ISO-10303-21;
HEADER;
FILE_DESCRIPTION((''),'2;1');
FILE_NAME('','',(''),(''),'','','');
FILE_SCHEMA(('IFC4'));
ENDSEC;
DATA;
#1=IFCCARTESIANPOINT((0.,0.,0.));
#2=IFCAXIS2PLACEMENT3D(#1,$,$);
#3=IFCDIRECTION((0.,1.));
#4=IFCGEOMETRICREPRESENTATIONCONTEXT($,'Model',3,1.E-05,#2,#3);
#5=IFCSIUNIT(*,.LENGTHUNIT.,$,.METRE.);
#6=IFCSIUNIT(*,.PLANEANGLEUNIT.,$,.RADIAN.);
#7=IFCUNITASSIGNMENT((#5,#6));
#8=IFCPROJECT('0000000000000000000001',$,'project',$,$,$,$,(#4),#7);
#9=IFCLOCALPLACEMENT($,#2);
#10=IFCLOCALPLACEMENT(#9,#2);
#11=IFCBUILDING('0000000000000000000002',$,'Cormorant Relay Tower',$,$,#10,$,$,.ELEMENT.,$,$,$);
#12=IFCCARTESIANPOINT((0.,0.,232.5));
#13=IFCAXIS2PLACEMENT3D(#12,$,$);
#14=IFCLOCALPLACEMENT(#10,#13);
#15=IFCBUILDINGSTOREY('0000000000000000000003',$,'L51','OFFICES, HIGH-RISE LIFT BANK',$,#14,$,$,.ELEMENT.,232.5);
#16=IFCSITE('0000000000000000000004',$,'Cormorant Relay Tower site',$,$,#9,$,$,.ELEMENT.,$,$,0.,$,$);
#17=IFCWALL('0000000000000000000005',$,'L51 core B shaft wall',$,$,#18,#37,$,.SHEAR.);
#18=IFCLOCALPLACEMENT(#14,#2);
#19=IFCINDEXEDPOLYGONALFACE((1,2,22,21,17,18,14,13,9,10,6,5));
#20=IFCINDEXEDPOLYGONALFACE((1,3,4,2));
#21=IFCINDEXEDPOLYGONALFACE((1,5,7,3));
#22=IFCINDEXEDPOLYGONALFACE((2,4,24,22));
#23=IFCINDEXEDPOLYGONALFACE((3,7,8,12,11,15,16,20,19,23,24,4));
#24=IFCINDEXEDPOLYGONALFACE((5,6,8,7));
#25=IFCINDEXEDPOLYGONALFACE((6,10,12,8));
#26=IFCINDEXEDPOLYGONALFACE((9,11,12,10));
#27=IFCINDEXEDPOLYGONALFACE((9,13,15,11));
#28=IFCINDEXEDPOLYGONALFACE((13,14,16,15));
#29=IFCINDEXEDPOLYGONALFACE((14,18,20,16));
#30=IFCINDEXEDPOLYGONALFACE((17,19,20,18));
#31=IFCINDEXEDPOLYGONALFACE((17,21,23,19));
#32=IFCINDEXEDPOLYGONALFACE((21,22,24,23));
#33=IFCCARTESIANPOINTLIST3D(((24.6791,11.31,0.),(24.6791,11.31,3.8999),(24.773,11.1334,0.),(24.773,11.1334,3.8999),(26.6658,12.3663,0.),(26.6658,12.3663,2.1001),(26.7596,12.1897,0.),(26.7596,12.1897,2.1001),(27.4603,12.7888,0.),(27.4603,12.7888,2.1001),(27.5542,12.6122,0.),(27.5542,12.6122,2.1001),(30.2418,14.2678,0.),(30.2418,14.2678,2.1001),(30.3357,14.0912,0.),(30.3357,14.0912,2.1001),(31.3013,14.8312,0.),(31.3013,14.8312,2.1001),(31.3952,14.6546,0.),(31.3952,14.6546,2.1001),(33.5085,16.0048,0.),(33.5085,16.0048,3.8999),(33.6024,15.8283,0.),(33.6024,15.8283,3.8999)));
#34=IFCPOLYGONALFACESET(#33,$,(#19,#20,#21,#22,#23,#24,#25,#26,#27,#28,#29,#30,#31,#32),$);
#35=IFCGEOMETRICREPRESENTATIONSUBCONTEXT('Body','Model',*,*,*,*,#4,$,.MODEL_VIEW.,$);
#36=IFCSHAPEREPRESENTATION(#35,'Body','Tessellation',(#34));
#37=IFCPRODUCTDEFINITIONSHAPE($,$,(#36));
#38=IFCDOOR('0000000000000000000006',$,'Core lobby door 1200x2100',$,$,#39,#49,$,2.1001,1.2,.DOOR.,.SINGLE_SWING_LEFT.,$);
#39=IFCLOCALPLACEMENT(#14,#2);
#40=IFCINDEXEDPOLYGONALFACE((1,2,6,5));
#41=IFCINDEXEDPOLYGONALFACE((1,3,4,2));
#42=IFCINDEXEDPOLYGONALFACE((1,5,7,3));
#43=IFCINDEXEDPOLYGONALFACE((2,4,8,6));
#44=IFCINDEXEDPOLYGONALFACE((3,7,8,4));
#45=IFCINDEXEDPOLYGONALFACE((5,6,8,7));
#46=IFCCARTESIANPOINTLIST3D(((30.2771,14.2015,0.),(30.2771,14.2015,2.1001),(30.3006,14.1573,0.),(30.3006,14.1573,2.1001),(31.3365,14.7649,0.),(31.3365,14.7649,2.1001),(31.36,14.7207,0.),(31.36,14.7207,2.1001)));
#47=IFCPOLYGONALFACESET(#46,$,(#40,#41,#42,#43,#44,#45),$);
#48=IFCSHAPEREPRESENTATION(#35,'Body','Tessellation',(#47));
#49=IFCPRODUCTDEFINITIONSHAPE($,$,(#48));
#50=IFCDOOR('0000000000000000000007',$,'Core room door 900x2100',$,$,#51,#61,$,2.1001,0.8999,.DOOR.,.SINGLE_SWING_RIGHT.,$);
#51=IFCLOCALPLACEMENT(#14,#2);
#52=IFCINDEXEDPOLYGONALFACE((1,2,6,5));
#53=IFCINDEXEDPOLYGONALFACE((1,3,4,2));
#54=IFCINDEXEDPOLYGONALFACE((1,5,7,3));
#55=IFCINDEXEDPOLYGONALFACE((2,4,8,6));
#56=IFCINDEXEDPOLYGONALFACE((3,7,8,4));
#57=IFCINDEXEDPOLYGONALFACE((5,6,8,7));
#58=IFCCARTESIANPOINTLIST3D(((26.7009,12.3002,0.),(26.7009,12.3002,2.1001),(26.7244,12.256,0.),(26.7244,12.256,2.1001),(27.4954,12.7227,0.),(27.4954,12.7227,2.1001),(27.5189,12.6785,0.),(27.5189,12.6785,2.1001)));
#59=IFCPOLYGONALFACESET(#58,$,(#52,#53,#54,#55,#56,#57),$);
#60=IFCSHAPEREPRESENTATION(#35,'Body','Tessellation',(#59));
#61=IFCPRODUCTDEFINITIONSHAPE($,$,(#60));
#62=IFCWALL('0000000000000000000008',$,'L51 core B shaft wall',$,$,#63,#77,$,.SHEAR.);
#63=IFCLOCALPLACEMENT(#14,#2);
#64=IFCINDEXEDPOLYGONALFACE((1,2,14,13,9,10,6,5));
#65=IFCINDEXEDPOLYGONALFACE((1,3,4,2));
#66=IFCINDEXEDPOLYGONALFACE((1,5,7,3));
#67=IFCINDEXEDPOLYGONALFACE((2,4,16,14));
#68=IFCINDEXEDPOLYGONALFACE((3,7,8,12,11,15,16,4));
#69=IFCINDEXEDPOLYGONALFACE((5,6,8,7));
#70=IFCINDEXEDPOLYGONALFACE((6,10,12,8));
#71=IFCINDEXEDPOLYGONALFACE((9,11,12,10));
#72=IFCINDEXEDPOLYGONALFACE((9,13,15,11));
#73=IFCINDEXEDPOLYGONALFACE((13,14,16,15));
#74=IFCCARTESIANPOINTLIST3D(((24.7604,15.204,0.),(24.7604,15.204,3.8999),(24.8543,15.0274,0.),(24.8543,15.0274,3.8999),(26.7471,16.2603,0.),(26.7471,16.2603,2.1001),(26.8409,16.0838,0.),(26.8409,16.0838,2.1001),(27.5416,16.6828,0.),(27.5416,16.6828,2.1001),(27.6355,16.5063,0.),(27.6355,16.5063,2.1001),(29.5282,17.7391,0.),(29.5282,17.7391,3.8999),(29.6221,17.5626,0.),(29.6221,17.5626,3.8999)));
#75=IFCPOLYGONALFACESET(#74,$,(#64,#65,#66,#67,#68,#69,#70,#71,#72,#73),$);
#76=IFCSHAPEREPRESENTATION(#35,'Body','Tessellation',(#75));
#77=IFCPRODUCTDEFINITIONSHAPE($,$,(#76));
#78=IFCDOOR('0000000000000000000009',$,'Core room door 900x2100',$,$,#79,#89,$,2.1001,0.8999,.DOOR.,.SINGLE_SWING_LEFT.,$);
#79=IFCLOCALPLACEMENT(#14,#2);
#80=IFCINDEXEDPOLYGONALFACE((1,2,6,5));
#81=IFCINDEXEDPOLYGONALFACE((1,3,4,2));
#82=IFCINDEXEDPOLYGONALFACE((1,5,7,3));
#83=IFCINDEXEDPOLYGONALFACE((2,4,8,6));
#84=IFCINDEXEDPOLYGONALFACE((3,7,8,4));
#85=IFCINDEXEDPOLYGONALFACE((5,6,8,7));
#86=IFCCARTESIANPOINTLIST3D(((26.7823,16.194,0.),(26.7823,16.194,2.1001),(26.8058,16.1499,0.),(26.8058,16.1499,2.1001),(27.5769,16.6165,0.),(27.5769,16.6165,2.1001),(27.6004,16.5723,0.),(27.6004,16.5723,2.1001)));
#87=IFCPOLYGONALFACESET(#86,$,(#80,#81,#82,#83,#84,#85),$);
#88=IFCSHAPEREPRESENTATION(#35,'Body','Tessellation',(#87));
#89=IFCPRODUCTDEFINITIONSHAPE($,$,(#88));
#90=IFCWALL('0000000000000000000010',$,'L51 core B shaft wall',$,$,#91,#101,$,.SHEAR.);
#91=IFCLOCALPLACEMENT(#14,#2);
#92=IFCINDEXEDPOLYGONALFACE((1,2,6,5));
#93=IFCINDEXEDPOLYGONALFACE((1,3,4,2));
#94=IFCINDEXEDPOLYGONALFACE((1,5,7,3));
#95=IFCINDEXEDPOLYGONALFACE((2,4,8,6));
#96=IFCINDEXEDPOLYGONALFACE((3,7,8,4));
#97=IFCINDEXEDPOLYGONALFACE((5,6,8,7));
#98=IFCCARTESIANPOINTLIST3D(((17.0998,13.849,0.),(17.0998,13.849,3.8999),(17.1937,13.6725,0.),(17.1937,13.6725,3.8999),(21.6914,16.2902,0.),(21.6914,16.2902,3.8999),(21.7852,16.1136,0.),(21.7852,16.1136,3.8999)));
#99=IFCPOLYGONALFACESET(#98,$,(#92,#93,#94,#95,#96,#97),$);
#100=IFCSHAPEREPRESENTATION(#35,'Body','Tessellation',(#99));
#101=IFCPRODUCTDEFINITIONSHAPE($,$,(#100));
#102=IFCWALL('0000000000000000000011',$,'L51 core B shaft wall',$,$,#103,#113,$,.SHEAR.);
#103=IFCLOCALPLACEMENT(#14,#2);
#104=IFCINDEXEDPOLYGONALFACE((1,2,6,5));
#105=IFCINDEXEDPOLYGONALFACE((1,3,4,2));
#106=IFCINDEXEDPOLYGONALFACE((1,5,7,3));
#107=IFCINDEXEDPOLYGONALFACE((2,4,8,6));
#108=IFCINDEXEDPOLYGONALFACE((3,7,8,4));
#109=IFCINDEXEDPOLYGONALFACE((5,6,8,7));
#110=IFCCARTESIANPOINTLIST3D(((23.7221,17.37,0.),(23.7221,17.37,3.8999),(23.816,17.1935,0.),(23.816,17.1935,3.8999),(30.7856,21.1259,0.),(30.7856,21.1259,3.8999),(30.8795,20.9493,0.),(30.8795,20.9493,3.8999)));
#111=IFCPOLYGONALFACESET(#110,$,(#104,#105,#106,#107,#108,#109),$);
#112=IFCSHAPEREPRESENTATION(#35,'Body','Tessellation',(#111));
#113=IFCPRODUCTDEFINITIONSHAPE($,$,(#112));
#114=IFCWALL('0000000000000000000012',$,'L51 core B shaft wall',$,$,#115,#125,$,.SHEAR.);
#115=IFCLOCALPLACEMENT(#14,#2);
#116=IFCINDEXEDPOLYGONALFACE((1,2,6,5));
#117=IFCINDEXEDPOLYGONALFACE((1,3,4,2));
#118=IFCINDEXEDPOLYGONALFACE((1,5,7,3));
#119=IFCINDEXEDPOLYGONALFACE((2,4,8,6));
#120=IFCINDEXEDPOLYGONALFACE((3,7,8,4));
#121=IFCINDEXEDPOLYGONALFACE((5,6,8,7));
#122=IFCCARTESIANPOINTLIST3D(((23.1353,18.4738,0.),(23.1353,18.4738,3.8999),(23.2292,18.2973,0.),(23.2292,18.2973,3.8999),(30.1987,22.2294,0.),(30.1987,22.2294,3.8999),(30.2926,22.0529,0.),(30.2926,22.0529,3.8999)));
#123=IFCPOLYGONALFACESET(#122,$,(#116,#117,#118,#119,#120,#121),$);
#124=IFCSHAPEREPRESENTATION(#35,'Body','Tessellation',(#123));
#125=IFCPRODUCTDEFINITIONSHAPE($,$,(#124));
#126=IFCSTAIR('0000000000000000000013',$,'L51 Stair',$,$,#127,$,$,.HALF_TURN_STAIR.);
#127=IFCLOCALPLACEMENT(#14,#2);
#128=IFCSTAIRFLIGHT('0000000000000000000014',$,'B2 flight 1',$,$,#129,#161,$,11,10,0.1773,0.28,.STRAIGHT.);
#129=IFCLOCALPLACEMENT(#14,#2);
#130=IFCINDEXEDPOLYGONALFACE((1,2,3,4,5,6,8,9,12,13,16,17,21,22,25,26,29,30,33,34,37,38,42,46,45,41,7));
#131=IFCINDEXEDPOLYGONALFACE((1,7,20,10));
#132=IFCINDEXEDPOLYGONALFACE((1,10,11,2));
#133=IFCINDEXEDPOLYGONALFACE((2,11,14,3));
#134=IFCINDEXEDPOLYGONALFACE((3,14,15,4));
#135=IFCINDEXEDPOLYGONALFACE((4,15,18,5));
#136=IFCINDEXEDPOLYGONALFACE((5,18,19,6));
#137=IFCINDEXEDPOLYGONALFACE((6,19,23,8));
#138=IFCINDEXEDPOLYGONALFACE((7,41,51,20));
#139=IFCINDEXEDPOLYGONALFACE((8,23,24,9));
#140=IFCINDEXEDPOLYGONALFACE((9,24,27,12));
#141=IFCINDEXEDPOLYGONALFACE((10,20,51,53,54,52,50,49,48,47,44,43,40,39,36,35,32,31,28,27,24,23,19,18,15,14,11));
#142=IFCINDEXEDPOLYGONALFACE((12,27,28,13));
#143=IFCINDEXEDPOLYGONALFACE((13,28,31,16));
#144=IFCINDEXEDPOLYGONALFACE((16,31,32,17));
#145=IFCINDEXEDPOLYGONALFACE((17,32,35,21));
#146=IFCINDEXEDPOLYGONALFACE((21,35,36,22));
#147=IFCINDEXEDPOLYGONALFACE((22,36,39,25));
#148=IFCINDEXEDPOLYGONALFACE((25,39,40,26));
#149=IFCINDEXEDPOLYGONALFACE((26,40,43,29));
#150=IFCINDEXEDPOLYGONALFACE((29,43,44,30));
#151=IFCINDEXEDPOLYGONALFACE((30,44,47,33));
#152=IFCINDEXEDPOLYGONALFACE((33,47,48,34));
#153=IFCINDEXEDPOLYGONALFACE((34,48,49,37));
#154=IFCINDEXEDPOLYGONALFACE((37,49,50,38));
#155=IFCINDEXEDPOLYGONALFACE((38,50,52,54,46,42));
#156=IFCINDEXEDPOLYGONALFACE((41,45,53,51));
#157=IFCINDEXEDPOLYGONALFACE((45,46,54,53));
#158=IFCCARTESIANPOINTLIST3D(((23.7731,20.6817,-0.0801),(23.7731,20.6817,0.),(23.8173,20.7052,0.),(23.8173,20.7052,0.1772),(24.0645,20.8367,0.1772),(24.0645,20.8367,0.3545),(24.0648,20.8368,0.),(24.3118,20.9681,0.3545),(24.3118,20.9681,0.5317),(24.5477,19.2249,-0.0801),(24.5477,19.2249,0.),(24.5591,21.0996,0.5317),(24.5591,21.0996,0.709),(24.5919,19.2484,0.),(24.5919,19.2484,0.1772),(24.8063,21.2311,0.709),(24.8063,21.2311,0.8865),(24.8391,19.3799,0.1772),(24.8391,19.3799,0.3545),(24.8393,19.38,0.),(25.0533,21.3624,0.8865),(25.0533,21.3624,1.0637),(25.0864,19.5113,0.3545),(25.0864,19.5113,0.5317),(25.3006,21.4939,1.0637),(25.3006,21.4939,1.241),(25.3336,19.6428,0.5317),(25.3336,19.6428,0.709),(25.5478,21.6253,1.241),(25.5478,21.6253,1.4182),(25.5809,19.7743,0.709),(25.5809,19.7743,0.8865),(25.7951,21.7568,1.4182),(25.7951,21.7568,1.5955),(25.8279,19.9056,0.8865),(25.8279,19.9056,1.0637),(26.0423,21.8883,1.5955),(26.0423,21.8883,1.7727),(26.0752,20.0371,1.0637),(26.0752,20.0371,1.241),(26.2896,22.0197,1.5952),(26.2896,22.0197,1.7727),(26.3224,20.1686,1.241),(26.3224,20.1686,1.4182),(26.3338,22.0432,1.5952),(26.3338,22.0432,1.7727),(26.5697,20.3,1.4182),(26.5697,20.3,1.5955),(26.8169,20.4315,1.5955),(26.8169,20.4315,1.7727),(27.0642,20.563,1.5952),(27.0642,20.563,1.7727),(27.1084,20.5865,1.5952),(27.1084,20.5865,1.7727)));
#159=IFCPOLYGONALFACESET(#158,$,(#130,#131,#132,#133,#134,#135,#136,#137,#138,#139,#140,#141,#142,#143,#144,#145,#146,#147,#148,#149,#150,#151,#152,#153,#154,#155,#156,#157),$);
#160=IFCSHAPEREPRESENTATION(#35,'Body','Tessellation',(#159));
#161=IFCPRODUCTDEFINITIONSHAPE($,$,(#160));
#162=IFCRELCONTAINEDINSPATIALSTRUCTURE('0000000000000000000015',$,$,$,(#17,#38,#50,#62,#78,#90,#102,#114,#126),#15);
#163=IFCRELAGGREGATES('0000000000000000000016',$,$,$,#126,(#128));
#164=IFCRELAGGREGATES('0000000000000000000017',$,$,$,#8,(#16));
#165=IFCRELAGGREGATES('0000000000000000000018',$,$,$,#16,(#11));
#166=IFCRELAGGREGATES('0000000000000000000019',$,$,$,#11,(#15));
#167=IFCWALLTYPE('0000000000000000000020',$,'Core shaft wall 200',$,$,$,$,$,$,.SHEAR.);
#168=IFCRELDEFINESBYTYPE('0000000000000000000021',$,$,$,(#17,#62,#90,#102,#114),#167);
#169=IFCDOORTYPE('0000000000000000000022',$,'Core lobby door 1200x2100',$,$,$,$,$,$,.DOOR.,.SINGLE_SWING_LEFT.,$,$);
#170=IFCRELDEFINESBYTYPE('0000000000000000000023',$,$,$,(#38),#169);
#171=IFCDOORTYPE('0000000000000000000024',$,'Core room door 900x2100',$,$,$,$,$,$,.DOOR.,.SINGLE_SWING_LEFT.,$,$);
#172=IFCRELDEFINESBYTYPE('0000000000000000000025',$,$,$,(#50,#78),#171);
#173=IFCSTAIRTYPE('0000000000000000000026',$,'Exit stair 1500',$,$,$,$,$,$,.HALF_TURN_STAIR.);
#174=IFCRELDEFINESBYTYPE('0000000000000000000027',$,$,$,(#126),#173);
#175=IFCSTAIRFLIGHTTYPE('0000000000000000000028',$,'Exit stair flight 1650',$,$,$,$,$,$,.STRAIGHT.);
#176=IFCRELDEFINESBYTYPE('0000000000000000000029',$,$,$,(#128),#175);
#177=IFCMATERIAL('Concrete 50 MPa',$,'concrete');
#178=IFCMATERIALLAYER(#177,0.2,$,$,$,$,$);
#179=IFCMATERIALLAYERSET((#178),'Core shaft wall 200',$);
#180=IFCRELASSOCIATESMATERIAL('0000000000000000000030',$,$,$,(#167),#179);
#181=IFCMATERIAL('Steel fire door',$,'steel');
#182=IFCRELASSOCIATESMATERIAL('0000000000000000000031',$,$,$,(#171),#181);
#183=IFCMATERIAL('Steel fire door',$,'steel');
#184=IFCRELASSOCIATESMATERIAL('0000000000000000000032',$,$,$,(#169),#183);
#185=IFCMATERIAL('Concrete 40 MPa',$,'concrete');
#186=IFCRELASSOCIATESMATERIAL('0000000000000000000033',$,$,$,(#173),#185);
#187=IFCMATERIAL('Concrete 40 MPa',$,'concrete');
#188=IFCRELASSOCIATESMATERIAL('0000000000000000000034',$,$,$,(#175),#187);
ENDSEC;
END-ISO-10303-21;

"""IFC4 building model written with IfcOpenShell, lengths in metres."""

from ifc_helpers import new_model, si_unit, direction, frame, frame_2d, origin, place, context, subcontext, project, spatial, polyline, rectangle, outline, extrude, material, layer, layer_set, type_object, element, fill, aggregate, save


model = new_model("IFC4")

# Units and contexts
model_context = context("Model", 3, precision=1e-05, world=origin(), true_north=direction((0.0, 1.0)))
body_context = subcontext(model_context, "Body", "Model", "MODEL_VIEW")
ifc_project = project(units=[si_unit("LENGTHUNIT", "METRE"), si_unit("PLANEANGLEUNIT", "RADIAN")], contexts=[model_context])

# Site, building, storey
site_placement = place(None, origin())
site = spatial("IfcSite", under=ifc_project, at=site_placement, Name="Cormorant Relay Tower site", CompositionType="ELEMENT", RefElevation=0.0)
building_placement = place(site_placement, origin())
building = spatial("IfcBuilding", under=site, at=building_placement, Name="Cormorant Relay Tower", CompositionType="ELEMENT")
storey_placement = place(building_placement, frame((0.0, 0.0, 232.5)))
storey = spatial("IfcBuildingStorey", under=building, at=storey_placement, Name="L51", Description="OFFICES, HIGH-RISE LIFT BANK", CompositionType="ELEMENT", Elevation=232.5)

# Shared definitions
ifc_material_1 = material(Name="Concrete 50 MPa", Category="concrete")
ifc_layer = layer(ifc_material_1, 0.2)
ifc_layer_set = layer_set([ifc_layer], Name="Core shaft wall 200")
wall_type = type_object("IfcWallType", Name="Core shaft wall 200", PredefinedType="SHEAR", material=ifc_layer_set)

# Shared definitions
ifc_material_2 = material(Name="Steel fire door", Category="steel")
door_type_1 = type_object("IfcDoorType", Name="Core room door 900x2100", OperationType="SINGLE_SWING_LEFT", PredefinedType="DOOR", material=ifc_material_2)

# Wall, openings, doors
wall_1_placement = place(storey_placement, frame((24.7261, 11.2217, 0.0), z_axis=(0.0, 0.0, 1.0), x_axis=(0.88294, 0.469485, 0.0)))
wall_1 = element("IfcWall", 1, at=wall_1_placement, inside=storey, type_object=wall_type, Name="L51 core B shaft wall", PredefinedType="SHEAR", context=body_context, shape_type="SweptSolid", body=[
    extrude(rectangle(XDim=10.0, YDim=0.2, at=frame_2d((5.0, 0.0))), origin(), (0.0, 0.0, 1.0), 3.8999),
])
opening_1_placement = place(wall_1_placement, frame((6.3, 0.0, 0.0)))
opening_1 = element("IfcOpeningElement", 2, at=opening_1_placement, cuts=wall_1, PredefinedType="OPENING", context=body_context, shape_type="SweptSolid", body=[
    extrude(rectangle(XDim=1.2, YDim=2.1001, at=frame_2d((0.6001, 1.05))), frame((0.0, 0.1099, 0.0), z_axis=(0.0, -1.0, 0.0), x_axis=(1.0, 0.0, 0.0)), (0.0, 0.0, 1.0), 0.22),
])
opening_2_placement = place(wall_1_placement, frame((2.25, 0.0, 0.0)))
opening_2 = element("IfcOpeningElement", 3, at=opening_2_placement, cuts=wall_1, PredefinedType="OPENING", context=body_context, shape_type="SweptSolid", body=[
    extrude(rectangle(XDim=0.8999, YDim=2.1001, at=frame_2d((0.45, 1.05))), frame((0.0, 0.1099, 0.0), z_axis=(0.0, -1.0, 0.0), x_axis=(1.0, 0.0, 0.0)), (0.0, 0.0, 1.0), 0.22),
])
ifc_material_3 = material(Name="Steel fire door", Category="steel")
door_type_2 = type_object("IfcDoorType", Name="Core lobby door 1200x2100", OperationType="SINGLE_SWING_LEFT", PredefinedType="DOOR", material=ifc_material_3)
door_1_placement = place(opening_1_placement, origin())
door_1 = element("IfcDoor", 4, at=door_1_placement, inside=storey, type_object=door_type_2, Name="Core lobby door 1200x2100", OperationType="SINGLE_SWING_LEFT", OverallHeight=2.1001, OverallWidth=1.2, PredefinedType="DOOR", context=body_context, shape_type="SweptSolid", body=[
    extrude(rectangle(XDim=1.2, YDim=2.1001, at=frame_2d((0.6001, 1.05))), frame((0.0, 0.0249, 0.0), z_axis=(0.0, -1.0, 0.0), x_axis=(1.0, 0.0, 0.0)), (0.0, 0.0, 1.0), 0.05),
])
fill(opening_1, door_1)
door_2_placement = place(opening_2_placement, frame((0.8999, 0.0, 0.0), z_axis=(0.0, 0.0, 1.0), x_axis=(-1.0, 0.0, 0.0)))
door_2 = element("IfcDoor", 5, at=door_2_placement, inside=storey, type_object=door_type_1, Name="Core room door 900x2100", OperationType="SINGLE_SWING_RIGHT", OverallHeight=2.1001, OverallWidth=0.8999, PredefinedType="DOOR", context=body_context, shape_type="SweptSolid", body=[
    extrude(rectangle(XDim=0.8999, YDim=2.1001, at=frame_2d((0.45, 1.05))), frame((0.0, 0.0249, 0.0), z_axis=(0.0, -1.0, 0.0), x_axis=(1.0, 0.0, 0.0)), (0.0, 0.0, 1.0), 0.05),
])
fill(opening_2, door_2)

# Wall, opening, door
wall_2_placement = place(storey_placement, frame((24.8074, 15.1157, 0.0), z_axis=(0.0, 0.0, 1.0), x_axis=(0.882943, 0.46948, 0.0)))
wall_2 = element("IfcWall", 6, at=wall_2_placement, inside=storey, type_object=wall_type, Name="L51 core B shaft wall", PredefinedType="SHEAR", context=body_context, shape_type="SweptSolid", body=[
    extrude(rectangle(XDim=5.3999, YDim=0.2, at=frame_2d((2.7, 0.0))), origin(), (0.0, 0.0, 1.0), 3.8999),
])
opening_3_placement = place(wall_2_placement, frame((2.25, 0.0, 0.0)))
opening_3 = element("IfcOpeningElement", 7, at=opening_3_placement, cuts=wall_2, PredefinedType="OPENING", context=body_context, shape_type="SweptSolid", body=[
    extrude(rectangle(XDim=0.8999, YDim=2.1001, at=frame_2d((0.45, 1.05))), frame((0.0, 0.1099, 0.0), z_axis=(0.0, -1.0, 0.0), x_axis=(1.0, 0.0, 0.0)), (0.0, 0.0, 1.0), 0.22),
])
door_3_placement = place(opening_3_placement, origin())
door_3 = element("IfcDoor", 8, at=door_3_placement, inside=storey, type_object=door_type_1, Name="Core room door 900x2100", OperationType="SINGLE_SWING_LEFT", OverallHeight=2.1001, OverallWidth=0.8999, PredefinedType="DOOR", context=body_context, shape_type="SweptSolid", body=[
    extrude(rectangle(XDim=0.8999, YDim=2.1001, at=frame_2d((0.45, 1.05))), frame((0.0, 0.0249, 0.0), z_axis=(0.0, -1.0, 0.0), x_axis=(1.0, 0.0, 0.0)), (0.0, 0.0, 1.0), 0.05),
])
fill(opening_3, door_3)

# Walls
wall_3_placement = place(storey_placement, frame((17.1467, 13.7607, 0.0), z_axis=(0.0, 0.0, 1.0), x_axis=(0.882964, 0.46944, 0.0)))
element("IfcWall", 9, at=wall_3_placement, inside=storey, type_object=wall_type, Name="L51 core B shaft wall", PredefinedType="SHEAR", context=body_context, shape_type="SweptSolid", body=[
    extrude(rectangle(XDim=5.2002, YDim=0.2, at=frame_2d((2.6001, 0.0))), origin(), (0.0, 0.0, 1.0), 3.8999),
])
wall_4_placement = place(storey_placement, frame((23.769, 17.2817, 0.0), z_axis=(0.0, 0.0, 1.0), x_axis=(0.88294, 0.469485, 0.0)))
element("IfcWall", 10, at=wall_4_placement, inside=storey, type_object=wall_type, Name="L51 core B shaft wall", PredefinedType="SHEAR", context=body_context, shape_type="SweptSolid", body=[
    extrude(rectangle(XDim=8.0, YDim=0.2, at=frame_2d((4.0, 0.0))), origin(), (0.0, 0.0, 1.0), 3.8999),
])
wall_5_placement = place(storey_placement, frame((23.1821, 18.3855, 0.0), z_axis=(0.0, 0.0, 1.0), x_axis=(0.882953, 0.469462, 0.0)))
element("IfcWall", 11, at=wall_5_placement, inside=storey, type_object=wall_type, Name="L51 core B shaft wall", PredefinedType="SHEAR", context=body_context, shape_type="SweptSolid", body=[
    extrude(rectangle(XDim=7.9998, YDim=0.2, at=frame_2d((4.0, 0.0))), origin(), (0.0, 0.0, 1.0), 3.8999),
])

# Stair, stair flight
ifc_material_4 = material(Name="Concrete 40 MPa", Category="concrete")
stair_type = type_object("IfcStairType", Name="Exit stair 1500", PredefinedType="HALF_TURN_STAIR", material=ifc_material_4)
stair_placement = place(storey_placement, origin())
stair = element("IfcStair", 12, at=stair_placement, inside=storey, type_object=stair_type, Name="L51 Stair", PredefinedType="HALF_TURN_STAIR")
ifc_material_5 = material(Name="Concrete 40 MPa", Category="concrete")
stair_flight_type = type_object("IfcStairFlightType", Name="Exit stair flight 1650", PredefinedType="STRAIGHT", material=ifc_material_5)
stair_flight_placement = place(storey_placement, frame((24.2046, 19.9768, 0.0), z_axis=(0.0, 0.0, 1.0), x_axis=(0.882948, 0.469472, 0.0)))
stair_flight = element("IfcStairFlight", 13, at=stair_flight_placement, type_object=stair_flight_type, Name="B2 flight 1", NumberOfRisers=11, NumberOfTreads=10, PredefinedType="STRAIGHT", RiserHeight=0.1773, TreadLength=0.28, context=body_context, shape_type="SweptSolid", body=[
    extrude(outline(polyline([(-0.05, -0.0801), (-0.05, 0.0), (0.0, 0.0), (0.0, 0.1772), (0.28, 0.1772), (0.28, 0.3545), (0.5601, 0.3545), (0.5601, 0.5317), (0.8401, 0.5317), (0.8401, 0.709), (1.1201, 0.709), (1.1201, 0.8865), (1.3999, 0.8865), (1.3999, 1.0637), (1.6799, 1.0637), (1.6799, 1.241), (1.96, 1.241), (1.96, 1.4182), (2.24, 1.4182), (2.24, 1.5955), (2.52, 1.5955), (2.52, 1.7727), (2.8, 1.7727), (2.8501, 1.7727), (2.8501, 1.5952), (2.8, 1.5952), (0.2803, 0.0), (-0.05, -0.0801)])), frame((0.0, 0.825, 0.0), z_axis=(0.0, -1.0, 0.0), x_axis=(1.0, 0.0, 0.0)), (0.0, 0.0, 1.0), 1.6499),
])
aggregate(stair, [stair_flight])

save(model, "model.ifc")
